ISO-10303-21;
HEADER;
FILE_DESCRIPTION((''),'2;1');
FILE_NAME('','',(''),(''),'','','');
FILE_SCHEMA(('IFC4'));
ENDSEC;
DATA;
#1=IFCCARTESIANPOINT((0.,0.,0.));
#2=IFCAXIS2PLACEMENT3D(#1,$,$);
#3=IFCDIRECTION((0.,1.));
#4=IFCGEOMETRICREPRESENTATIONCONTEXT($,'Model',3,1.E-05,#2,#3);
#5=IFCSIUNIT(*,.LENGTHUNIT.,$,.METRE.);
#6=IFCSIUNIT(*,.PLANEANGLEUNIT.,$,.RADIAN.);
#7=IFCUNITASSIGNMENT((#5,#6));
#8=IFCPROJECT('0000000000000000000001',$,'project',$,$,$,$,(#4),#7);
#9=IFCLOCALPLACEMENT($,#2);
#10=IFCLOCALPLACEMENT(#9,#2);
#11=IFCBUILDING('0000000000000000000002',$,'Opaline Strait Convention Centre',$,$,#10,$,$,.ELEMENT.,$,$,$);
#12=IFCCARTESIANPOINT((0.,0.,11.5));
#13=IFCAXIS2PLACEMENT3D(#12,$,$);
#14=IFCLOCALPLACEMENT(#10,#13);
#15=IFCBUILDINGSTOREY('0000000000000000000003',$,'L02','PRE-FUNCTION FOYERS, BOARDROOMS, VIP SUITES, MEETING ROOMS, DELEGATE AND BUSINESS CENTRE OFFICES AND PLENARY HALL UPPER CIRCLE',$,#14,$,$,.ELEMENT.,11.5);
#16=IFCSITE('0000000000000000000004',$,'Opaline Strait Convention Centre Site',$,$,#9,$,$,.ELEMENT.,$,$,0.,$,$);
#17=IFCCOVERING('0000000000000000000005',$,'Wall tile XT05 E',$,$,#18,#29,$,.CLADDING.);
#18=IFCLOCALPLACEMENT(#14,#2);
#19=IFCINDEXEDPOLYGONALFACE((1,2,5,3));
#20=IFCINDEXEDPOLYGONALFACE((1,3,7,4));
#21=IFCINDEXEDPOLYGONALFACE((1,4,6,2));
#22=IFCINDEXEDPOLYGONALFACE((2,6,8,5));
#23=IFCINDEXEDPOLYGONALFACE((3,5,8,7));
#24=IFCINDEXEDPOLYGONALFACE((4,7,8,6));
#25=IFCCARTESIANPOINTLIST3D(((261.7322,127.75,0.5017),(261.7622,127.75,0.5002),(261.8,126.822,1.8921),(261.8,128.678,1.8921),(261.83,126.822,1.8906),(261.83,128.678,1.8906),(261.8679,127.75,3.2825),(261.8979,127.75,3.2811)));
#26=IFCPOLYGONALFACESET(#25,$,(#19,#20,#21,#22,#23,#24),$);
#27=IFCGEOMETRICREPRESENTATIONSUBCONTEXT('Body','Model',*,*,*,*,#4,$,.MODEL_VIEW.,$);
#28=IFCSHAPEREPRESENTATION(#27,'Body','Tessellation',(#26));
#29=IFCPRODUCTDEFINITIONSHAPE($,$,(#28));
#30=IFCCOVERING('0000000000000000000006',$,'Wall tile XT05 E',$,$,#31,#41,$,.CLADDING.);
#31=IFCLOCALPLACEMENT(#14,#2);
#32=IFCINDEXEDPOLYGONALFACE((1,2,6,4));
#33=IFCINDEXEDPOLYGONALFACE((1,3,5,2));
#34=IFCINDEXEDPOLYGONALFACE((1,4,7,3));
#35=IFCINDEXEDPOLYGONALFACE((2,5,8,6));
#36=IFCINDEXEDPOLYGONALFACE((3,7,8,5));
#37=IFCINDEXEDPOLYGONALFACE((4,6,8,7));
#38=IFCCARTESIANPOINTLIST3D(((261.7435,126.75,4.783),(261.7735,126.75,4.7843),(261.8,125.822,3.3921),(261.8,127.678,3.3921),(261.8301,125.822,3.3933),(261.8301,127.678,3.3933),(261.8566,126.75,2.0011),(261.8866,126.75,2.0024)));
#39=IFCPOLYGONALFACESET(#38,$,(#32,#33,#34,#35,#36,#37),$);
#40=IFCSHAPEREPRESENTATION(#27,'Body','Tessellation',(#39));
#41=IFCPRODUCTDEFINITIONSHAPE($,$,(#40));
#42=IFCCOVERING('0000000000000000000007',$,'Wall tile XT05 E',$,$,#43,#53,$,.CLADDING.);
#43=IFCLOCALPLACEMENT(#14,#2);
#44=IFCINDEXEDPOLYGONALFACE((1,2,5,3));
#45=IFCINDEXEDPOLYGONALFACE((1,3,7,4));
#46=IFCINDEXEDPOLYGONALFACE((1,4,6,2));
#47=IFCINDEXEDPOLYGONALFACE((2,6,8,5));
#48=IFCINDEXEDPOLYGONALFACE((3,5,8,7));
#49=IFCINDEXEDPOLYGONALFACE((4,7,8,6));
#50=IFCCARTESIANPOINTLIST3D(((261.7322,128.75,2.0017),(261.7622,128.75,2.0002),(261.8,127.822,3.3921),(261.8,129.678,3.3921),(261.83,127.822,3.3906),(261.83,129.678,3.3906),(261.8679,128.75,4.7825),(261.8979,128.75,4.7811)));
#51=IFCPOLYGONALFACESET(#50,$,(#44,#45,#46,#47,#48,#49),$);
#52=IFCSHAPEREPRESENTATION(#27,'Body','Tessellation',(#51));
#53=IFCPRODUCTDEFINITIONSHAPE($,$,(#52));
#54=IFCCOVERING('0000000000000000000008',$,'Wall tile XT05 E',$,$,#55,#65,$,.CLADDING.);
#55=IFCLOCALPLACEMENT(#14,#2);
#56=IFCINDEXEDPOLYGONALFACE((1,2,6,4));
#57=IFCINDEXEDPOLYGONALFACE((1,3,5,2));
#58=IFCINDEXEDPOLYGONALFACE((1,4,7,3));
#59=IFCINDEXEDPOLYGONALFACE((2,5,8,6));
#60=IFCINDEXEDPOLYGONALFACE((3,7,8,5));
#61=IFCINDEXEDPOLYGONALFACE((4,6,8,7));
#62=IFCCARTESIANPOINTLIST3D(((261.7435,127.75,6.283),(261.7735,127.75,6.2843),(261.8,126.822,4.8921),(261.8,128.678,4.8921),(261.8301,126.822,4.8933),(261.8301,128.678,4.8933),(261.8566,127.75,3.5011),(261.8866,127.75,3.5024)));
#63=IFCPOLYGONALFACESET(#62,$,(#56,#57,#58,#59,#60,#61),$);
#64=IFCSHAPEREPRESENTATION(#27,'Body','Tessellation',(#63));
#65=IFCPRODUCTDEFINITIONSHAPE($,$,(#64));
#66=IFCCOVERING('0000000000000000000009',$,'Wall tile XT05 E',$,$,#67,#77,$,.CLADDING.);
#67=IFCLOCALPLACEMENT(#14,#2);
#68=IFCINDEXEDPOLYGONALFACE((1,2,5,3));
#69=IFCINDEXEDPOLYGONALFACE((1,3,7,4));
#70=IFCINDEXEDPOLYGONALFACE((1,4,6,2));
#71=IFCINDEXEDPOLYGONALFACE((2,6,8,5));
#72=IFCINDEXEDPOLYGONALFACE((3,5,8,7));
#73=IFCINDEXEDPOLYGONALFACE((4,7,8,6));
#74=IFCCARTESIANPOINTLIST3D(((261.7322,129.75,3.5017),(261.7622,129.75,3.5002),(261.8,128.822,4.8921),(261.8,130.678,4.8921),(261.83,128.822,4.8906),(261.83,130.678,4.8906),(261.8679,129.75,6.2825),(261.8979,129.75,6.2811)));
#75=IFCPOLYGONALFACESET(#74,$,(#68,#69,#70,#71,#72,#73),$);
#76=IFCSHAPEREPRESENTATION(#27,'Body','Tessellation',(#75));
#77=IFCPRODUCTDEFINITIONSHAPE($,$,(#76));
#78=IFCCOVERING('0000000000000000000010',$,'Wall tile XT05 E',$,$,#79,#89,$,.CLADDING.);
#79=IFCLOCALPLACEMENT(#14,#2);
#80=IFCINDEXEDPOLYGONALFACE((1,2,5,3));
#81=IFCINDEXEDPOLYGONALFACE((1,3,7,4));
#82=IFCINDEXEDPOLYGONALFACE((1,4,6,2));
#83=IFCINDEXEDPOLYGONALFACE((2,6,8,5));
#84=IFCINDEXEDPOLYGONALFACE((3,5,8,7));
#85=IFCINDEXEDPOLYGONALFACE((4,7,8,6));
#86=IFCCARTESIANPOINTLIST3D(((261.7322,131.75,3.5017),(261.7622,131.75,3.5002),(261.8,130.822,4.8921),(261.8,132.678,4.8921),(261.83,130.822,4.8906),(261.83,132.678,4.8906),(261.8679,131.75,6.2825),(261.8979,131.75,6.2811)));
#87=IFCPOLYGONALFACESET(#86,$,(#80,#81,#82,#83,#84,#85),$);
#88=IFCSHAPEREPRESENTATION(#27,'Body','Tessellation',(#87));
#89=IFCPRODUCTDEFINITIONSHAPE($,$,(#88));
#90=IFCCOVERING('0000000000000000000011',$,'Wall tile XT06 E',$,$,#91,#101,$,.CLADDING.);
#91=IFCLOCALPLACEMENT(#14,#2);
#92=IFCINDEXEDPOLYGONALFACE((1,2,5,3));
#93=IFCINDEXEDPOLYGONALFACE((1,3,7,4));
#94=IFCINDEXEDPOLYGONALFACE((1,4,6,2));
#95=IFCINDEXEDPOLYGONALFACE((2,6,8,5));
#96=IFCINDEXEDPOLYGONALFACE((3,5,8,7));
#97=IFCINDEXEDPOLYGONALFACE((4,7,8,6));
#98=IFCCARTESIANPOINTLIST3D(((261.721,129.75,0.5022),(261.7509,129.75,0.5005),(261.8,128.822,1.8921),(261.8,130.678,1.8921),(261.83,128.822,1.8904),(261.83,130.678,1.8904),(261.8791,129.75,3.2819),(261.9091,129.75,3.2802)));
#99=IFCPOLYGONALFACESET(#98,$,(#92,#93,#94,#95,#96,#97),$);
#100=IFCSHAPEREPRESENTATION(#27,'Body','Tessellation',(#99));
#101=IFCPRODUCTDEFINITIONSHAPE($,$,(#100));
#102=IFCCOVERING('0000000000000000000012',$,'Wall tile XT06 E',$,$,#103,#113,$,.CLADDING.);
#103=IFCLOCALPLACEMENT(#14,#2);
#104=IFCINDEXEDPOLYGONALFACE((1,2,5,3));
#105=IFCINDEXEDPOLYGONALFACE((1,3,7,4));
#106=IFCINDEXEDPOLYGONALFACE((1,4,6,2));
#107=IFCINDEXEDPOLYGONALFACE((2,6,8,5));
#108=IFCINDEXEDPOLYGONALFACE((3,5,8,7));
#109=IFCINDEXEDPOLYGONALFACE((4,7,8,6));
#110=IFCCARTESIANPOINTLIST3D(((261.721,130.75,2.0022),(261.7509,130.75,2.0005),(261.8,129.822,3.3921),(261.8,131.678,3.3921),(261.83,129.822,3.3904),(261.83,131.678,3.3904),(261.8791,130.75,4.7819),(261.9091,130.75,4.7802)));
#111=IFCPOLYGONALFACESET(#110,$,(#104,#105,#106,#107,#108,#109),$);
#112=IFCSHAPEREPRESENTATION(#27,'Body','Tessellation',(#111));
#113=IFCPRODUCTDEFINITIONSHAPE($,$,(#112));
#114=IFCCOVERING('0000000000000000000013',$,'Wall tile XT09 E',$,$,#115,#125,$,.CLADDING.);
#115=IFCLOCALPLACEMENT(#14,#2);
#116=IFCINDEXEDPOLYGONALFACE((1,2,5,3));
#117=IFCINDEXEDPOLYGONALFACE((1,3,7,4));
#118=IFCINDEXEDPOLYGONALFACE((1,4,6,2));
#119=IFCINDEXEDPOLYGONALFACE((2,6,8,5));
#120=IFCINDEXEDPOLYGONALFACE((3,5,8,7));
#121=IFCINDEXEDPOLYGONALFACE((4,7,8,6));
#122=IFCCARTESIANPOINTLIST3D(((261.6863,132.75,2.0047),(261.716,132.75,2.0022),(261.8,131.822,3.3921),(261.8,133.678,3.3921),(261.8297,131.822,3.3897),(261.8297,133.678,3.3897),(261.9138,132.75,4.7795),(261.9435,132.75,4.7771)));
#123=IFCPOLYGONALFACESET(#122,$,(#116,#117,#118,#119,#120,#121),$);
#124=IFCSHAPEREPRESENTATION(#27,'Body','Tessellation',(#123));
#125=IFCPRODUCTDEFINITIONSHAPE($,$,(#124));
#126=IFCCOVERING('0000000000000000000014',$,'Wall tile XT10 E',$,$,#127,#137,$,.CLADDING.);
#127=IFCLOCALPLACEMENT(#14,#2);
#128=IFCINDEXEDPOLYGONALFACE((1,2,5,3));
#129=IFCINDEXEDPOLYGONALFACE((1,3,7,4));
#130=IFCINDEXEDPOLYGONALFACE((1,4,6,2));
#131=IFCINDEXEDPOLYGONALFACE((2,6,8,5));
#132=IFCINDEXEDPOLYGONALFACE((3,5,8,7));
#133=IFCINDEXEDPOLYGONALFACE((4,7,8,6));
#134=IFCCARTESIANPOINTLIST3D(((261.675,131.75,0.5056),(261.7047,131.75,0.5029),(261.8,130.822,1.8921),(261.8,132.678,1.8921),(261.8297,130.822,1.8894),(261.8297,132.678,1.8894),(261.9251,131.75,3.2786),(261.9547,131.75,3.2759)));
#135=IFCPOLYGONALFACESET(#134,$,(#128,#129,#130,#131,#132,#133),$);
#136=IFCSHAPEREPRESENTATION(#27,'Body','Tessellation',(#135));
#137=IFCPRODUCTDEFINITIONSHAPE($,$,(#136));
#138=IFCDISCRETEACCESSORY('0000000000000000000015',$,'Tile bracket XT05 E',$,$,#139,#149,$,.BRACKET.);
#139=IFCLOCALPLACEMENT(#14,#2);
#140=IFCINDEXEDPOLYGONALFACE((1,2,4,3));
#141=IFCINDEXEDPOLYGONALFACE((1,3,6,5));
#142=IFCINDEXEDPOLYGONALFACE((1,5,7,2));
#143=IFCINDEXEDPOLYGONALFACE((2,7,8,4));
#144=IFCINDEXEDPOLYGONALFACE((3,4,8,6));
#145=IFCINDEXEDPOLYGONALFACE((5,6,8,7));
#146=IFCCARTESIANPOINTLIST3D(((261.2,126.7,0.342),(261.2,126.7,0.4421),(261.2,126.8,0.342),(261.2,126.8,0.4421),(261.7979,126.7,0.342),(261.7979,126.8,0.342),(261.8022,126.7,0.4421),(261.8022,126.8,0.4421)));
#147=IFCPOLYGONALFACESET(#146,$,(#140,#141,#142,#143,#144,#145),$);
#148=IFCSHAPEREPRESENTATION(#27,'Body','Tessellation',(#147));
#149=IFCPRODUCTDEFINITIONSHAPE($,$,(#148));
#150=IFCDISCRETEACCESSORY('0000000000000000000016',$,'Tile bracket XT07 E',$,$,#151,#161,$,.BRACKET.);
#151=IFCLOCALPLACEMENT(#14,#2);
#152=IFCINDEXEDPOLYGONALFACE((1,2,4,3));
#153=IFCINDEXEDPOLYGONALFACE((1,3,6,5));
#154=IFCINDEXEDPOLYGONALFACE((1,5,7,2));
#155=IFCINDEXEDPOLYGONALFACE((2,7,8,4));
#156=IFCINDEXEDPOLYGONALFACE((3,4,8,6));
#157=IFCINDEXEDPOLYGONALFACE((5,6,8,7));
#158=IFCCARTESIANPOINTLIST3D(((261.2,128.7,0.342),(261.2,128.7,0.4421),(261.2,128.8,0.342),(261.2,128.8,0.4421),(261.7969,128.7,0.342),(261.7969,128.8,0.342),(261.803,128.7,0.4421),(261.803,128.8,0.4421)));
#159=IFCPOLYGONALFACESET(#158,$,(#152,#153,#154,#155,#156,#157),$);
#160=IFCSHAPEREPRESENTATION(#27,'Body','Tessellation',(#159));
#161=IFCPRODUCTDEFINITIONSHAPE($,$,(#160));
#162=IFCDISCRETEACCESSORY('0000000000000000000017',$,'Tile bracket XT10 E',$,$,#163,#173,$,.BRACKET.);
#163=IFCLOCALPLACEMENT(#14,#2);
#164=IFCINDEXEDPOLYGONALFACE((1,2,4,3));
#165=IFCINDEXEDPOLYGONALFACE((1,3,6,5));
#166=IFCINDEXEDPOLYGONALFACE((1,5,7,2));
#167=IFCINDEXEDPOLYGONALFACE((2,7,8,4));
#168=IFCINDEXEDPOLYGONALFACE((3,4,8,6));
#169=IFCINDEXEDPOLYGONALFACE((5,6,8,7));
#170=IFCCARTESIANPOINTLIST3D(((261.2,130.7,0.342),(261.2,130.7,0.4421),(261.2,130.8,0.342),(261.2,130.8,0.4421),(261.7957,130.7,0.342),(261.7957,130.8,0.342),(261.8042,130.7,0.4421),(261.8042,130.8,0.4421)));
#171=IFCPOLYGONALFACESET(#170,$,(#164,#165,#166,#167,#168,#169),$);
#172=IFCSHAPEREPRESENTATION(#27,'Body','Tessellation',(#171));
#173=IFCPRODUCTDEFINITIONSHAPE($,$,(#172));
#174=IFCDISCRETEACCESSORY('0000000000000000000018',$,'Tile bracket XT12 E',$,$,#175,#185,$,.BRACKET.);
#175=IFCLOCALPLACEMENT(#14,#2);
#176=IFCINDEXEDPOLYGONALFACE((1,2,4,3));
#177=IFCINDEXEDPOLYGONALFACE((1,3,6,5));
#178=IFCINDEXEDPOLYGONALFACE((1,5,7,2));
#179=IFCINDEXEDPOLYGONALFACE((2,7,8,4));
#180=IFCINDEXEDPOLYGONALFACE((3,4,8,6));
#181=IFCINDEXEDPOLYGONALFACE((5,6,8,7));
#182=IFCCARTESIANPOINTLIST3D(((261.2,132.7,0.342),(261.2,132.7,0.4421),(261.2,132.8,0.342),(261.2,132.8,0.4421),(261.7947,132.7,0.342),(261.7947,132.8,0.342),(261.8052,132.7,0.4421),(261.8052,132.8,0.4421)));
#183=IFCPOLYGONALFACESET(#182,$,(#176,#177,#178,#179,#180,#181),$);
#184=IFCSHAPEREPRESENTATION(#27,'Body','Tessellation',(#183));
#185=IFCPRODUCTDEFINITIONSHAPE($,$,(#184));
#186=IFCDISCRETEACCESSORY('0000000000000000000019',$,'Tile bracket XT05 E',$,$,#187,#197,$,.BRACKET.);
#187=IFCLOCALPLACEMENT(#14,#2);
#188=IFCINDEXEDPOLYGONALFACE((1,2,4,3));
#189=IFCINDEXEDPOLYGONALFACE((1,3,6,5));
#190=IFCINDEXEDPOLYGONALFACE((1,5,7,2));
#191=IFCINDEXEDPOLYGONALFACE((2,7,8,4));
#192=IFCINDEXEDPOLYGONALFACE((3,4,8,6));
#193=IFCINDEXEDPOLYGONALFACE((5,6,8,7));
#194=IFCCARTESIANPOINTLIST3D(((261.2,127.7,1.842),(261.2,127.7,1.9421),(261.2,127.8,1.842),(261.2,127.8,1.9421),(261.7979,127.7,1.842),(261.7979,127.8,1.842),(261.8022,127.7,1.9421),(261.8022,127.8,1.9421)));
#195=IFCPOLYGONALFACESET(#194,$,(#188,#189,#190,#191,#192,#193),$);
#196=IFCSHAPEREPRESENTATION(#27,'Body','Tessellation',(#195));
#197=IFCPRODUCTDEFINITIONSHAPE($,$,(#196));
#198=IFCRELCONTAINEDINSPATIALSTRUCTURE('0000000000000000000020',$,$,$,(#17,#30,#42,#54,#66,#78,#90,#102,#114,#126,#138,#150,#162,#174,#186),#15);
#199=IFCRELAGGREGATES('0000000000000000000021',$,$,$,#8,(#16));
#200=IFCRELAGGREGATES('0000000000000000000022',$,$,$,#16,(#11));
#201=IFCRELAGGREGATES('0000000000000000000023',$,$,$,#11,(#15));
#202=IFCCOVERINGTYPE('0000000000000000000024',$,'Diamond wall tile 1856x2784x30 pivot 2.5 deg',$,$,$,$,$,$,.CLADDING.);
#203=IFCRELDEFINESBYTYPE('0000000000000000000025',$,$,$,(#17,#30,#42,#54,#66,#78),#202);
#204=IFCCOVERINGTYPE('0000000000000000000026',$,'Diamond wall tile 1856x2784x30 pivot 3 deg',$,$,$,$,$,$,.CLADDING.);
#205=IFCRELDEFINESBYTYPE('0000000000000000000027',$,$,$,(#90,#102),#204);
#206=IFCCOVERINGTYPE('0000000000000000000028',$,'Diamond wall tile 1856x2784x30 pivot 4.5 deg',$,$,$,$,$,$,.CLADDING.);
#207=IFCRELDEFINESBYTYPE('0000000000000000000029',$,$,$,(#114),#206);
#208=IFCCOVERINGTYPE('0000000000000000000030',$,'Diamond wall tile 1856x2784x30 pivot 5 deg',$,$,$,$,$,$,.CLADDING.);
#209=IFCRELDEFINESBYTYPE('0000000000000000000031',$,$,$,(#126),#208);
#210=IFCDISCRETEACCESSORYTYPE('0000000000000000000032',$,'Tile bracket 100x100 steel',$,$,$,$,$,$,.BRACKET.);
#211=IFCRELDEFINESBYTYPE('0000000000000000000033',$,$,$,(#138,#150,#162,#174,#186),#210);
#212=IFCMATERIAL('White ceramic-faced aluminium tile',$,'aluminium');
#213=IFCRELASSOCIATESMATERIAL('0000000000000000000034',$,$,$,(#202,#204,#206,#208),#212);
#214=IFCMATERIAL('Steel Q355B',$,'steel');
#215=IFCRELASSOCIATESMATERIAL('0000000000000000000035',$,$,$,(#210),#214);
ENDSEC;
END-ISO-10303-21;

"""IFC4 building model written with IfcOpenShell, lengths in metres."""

from ifc_helpers import new_model, si_unit, direction, frame, origin, place, context, subcontext, project, spatial, polyline, outline, extrude, material, material_profile, profile_set, type_object, element, save


model = new_model("IFC4")

# Units and contexts
model_context = context("Model", 3, precision=1e-05, world=origin(), true_north=direction((0.0, 1.0)))
body_context = subcontext(model_context, "Body", "Model", "MODEL_VIEW")
ifc_project = project(units=[si_unit("LENGTHUNIT", "METRE"), si_unit("PLANEANGLEUNIT", "RADIAN")], contexts=[model_context])

# Site, building, storey
site_placement = place(None, origin())
site = spatial("IfcSite", under=ifc_project, at=site_placement, Name="Opaline Strait Convention Centre Site", CompositionType="ELEMENT", RefElevation=0.0)
building_placement = place(site_placement, origin())
building = spatial("IfcBuilding", under=site, at=building_placement, Name="Opaline Strait Convention Centre", CompositionType="ELEMENT")
storey_placement = place(building_placement, frame((0.0, 0.0, 11.5)))
storey = spatial("IfcBuildingStorey", under=building, at=storey_placement, Name="L02", Description="PRE-FUNCTION FOYERS, BOARDROOMS, VIP SUITES, MEETING ROOMS, DELEGATE AND BUSINESS CENTRE OFFICES AND PLENARY HALL UPPER CIRCLE", CompositionType="ELEMENT", Elevation=11.5)

# Coverings
ifc_material_1 = material(Name="White ceramic-faced aluminium tile", Category="aluminium")
ifc_material_profile_1 = material_profile(ifc_material_1, outline(polyline([(0.928, 0.0), (0.0, 1.3921), (-0.928, 0.0), (0.0, -1.3921), (0.928, 0.0)])), Name="Diamond tile 1856x2784")
ifc_profile_set_1 = profile_set([ifc_material_profile_1], Name="White ceramic-faced aluminium tile")
covering_type_1 = type_object("IfcCoveringType", Name="Diamond wall tile 1856x2784x30 pivot 2.5 deg", PredefinedType="CLADDING", material=ifc_profile_set_1)
for number, where, z_axis, x_axis, name in (
    (1, (261.8, 127.75, 1.8921), (0.998812, 0.0, -0.048723), (0.0, 1.0, 0.0), "Wall tile XT05 E"),
    (2, (261.8, 126.75, 3.3921), (0.999175, 0.0, 0.040617), (0.0, 1.0, 0.0), "Wall tile XT05 E"),
    (3, (261.8, 128.75, 3.3921), (0.998812, 0.0, -0.048723), (0.0, 1.0, 0.0), "Wall tile XT05 E"),
    (4, (261.8, 127.75, 4.8921), (0.999175, 0.0, 0.040617), (0.0, 1.0, 0.0), "Wall tile XT05 E"),
    (5, (261.8, 129.75, 4.8921), (0.998812, 0.0, -0.048723), (0.0, 1.0, 0.0), "Wall tile XT05 E"),
    (6, (261.8, 131.75, 4.8921), (0.998812, 0.0, -0.048723), (0.0, 1.0, 0.0), "Wall tile XT05 E"),
):
    element("IfcCovering", number, at=place(storey_placement, frame(where, z_axis=z_axis, x_axis=x_axis)), inside=storey, type_object=covering_type_1, Name=name, PredefinedType="CLADDING", context=body_context, shape_type="SweptSolid", body=[
        extrude(outline(polyline([(0.928, 0.0), (0.0, 1.3921), (-0.928, 0.0), (0.0, -1.3921), (0.928, 0.0)])), origin(), (0.0, 0.0, 1.0), 0.03),
    ])
ifc_material_profile_2 = material_profile(ifc_material_1, outline(polyline([(0.928, 0.0), (0.0, 1.3921), (-0.928, 0.0), (0.0, -1.3921), (0.928, 0.0)])), Name="Diamond tile 1856x2784")
ifc_profile_set_2 = profile_set([ifc_material_profile_2], Name="White ceramic-faced aluminium tile")
covering_type_2 = type_object("IfcCoveringType", Name="Diamond wall tile 1856x2784x30 pivot 3 deg", PredefinedType="CLADDING", material=ifc_profile_set_2)
for number, where, z_axis, x_axis, name in (
    (7, (261.8, 129.75, 1.8921), (0.998385, 0.0, -0.056819), (0.0, 1.0, 0.0), "Wall tile XT06 E"),
    (8, (261.8, 130.75, 3.3921), (0.998385, 0.0, -0.056819), (0.0, 1.0, 0.0), "Wall tile XT06 E"),
):
    element("IfcCovering", number, at=place(storey_placement, frame(where, z_axis=z_axis, x_axis=x_axis)), inside=storey, type_object=covering_type_2, Name=name, PredefinedType="CLADDING", context=body_context, shape_type="SweptSolid", body=[
        extrude(outline(polyline([(0.928, 0.0), (0.0, 1.3921), (-0.928, 0.0), (0.0, -1.3921), (0.928, 0.0)])), origin(), (0.0, 0.0, 1.0), 0.03),
    ])
ifc_material_profile_3 = material_profile(ifc_material_1, outline(polyline([(0.928, 0.0), (0.0, 1.3921), (-0.928, 0.0), (0.0, -1.3921), (0.928, 0.0)])), Name="Diamond tile 1856x2784")
ifc_profile_set_3 = profile_set([ifc_material_profile_3], Name="White ceramic-faced aluminium tile")
covering_type_3 = type_object("IfcCoveringType", Name="Diamond wall tile 1856x2784x30 pivot 4.5 deg", PredefinedType="CLADDING", material=ifc_profile_set_3)
covering_1_placement = place(storey_placement, frame((261.8, 132.75, 3.3921), z_axis=(0.996658, 0.0, -0.081693), x_axis=(0.0, 1.0, 0.0)))
element("IfcCovering", 9, at=covering_1_placement, inside=storey, type_object=covering_type_3, Name="Wall tile XT09 E", PredefinedType="CLADDING", context=body_context, shape_type="SweptSolid", body=[
    extrude(outline(polyline([(0.928, 0.0), (0.0, 1.3921), (-0.928, 0.0), (0.0, -1.3921), (0.928, 0.0)])), origin(), (0.0, 0.0, 1.0), 0.0298),
])
ifc_material_profile_4 = material_profile(ifc_material_1, outline(polyline([(0.928, 0.0), (0.0, 1.3921), (-0.928, 0.0), (0.0, -1.3921), (0.928, 0.0)])), Name="Diamond tile 1856x2784")
ifc_profile_set_4 = profile_set([ifc_material_profile_4], Name="White ceramic-faced aluminium tile")
covering_type_4 = type_object("IfcCoveringType", Name="Diamond wall tile 1856x2784x30 pivot 5 deg", PredefinedType="CLADDING", material=ifc_profile_set_4)
covering_2_placement = place(storey_placement, frame((261.8, 131.75, 1.8921), z_axis=(0.99596, 0.0, -0.0898), x_axis=(0.0, 1.0, 0.0)))
element("IfcCovering", 10, at=covering_2_placement, inside=storey, type_object=covering_type_4, Name="Wall tile XT10 E", PredefinedType="CLADDING", context=body_context, shape_type="SweptSolid", body=[
    extrude(outline(polyline([(0.928, 0.0), (0.0, 1.3921), (-0.928, 0.0), (0.0, -1.3921), (0.928, 0.0)])), origin(), (0.0, 0.0, 1.0), 0.0298),
])

# Discrete accessories
ifc_material_2 = material(Name="Steel Q355B", Category="steel")
discrete_accessory_type = type_object("IfcDiscreteAccessoryType", Name="Tile bracket 100x100 steel", PredefinedType="BRACKET", material=ifc_material_2)
discrete_accessory_1_placement = place(storey_placement, frame((261.2, 126.7, 0.3921), z_axis=(0.0, 1.0, 0.0), x_axis=(-1.0, 0.0, 0.0)))
element("IfcDiscreteAccessory", 11, at=discrete_accessory_1_placement, inside=storey, type_object=discrete_accessory_type, Name="Tile bracket XT05 E", PredefinedType="BRACKET", context=body_context, shape_type="SweptSolid", body=[
    extrude(outline(polyline([(0.0, -0.05), (0.0, 0.05), (-0.6023, 0.05), (-0.5979, -0.05), (0.0, -0.05)])), origin(), (0.0, 0.0, 1.0), 0.1001),
])
discrete_accessory_2_placement = place(storey_placement, frame((261.2, 128.7, 0.3921), z_axis=(0.0, 1.0, 0.0), x_axis=(-1.0, 0.0, 0.0)))
element("IfcDiscreteAccessory", 12, at=discrete_accessory_2_placement, inside=storey, type_object=discrete_accessory_type, Name="Tile bracket XT07 E", PredefinedType="BRACKET", context=body_context, shape_type="SweptSolid", body=[
    extrude(outline(polyline([(0.0, -0.05), (0.0, 0.05), (-0.603, 0.05), (-0.5969, -0.05), (0.0, -0.05)])), origin(), (0.0, 0.0, 1.0), 0.1001),
])
discrete_accessory_3_placement = place(storey_placement, frame((261.2, 130.7, 0.3921), z_axis=(0.0, 1.0, 0.0), x_axis=(-1.0, 0.0, 0.0)))
element("IfcDiscreteAccessory", 13, at=discrete_accessory_3_placement, inside=storey, type_object=discrete_accessory_type, Name="Tile bracket XT10 E", PredefinedType="BRACKET", context=body_context, shape_type="SweptSolid", body=[
    extrude(outline(polyline([(0.0, -0.05), (0.0, 0.05), (-0.6042, 0.05), (-0.5957, -0.05), (0.0, -0.05)])), origin(), (0.0, 0.0, 1.0), 0.1001),
])
discrete_accessory_4_placement = place(storey_placement, frame((261.2, 132.7, 0.3921), z_axis=(0.0, 1.0, 0.0), x_axis=(-1.0, 0.0, 0.0)))
element("IfcDiscreteAccessory", 14, at=discrete_accessory_4_placement, inside=storey, type_object=discrete_accessory_type, Name="Tile bracket XT12 E", PredefinedType="BRACKET", context=body_context, shape_type="SweptSolid", body=[
    extrude(outline(polyline([(0.0, -0.05), (0.0, 0.05), (-0.6052, 0.05), (-0.5947, -0.05), (0.0, -0.05)])), origin(), (0.0, 0.0, 1.0), 0.1001),
])
discrete_accessory_5_placement = place(storey_placement, frame((261.2, 127.7, 1.8921), z_axis=(0.0, 1.0, 0.0), x_axis=(-1.0, 0.0, 0.0)))
element("IfcDiscreteAccessory", 15, at=discrete_accessory_5_placement, inside=storey, type_object=discrete_accessory_type, Name="Tile bracket XT05 E", PredefinedType="BRACKET", context=body_context, shape_type="SweptSolid", body=[
    extrude(outline(polyline([(0.0, -0.05), (0.0, 0.05), (-0.6023, 0.05), (-0.5979, -0.05), (0.0, -0.05)])), origin(), (0.0, 0.0, 1.0), 0.1001),
])

save(model, "model.ifc")
